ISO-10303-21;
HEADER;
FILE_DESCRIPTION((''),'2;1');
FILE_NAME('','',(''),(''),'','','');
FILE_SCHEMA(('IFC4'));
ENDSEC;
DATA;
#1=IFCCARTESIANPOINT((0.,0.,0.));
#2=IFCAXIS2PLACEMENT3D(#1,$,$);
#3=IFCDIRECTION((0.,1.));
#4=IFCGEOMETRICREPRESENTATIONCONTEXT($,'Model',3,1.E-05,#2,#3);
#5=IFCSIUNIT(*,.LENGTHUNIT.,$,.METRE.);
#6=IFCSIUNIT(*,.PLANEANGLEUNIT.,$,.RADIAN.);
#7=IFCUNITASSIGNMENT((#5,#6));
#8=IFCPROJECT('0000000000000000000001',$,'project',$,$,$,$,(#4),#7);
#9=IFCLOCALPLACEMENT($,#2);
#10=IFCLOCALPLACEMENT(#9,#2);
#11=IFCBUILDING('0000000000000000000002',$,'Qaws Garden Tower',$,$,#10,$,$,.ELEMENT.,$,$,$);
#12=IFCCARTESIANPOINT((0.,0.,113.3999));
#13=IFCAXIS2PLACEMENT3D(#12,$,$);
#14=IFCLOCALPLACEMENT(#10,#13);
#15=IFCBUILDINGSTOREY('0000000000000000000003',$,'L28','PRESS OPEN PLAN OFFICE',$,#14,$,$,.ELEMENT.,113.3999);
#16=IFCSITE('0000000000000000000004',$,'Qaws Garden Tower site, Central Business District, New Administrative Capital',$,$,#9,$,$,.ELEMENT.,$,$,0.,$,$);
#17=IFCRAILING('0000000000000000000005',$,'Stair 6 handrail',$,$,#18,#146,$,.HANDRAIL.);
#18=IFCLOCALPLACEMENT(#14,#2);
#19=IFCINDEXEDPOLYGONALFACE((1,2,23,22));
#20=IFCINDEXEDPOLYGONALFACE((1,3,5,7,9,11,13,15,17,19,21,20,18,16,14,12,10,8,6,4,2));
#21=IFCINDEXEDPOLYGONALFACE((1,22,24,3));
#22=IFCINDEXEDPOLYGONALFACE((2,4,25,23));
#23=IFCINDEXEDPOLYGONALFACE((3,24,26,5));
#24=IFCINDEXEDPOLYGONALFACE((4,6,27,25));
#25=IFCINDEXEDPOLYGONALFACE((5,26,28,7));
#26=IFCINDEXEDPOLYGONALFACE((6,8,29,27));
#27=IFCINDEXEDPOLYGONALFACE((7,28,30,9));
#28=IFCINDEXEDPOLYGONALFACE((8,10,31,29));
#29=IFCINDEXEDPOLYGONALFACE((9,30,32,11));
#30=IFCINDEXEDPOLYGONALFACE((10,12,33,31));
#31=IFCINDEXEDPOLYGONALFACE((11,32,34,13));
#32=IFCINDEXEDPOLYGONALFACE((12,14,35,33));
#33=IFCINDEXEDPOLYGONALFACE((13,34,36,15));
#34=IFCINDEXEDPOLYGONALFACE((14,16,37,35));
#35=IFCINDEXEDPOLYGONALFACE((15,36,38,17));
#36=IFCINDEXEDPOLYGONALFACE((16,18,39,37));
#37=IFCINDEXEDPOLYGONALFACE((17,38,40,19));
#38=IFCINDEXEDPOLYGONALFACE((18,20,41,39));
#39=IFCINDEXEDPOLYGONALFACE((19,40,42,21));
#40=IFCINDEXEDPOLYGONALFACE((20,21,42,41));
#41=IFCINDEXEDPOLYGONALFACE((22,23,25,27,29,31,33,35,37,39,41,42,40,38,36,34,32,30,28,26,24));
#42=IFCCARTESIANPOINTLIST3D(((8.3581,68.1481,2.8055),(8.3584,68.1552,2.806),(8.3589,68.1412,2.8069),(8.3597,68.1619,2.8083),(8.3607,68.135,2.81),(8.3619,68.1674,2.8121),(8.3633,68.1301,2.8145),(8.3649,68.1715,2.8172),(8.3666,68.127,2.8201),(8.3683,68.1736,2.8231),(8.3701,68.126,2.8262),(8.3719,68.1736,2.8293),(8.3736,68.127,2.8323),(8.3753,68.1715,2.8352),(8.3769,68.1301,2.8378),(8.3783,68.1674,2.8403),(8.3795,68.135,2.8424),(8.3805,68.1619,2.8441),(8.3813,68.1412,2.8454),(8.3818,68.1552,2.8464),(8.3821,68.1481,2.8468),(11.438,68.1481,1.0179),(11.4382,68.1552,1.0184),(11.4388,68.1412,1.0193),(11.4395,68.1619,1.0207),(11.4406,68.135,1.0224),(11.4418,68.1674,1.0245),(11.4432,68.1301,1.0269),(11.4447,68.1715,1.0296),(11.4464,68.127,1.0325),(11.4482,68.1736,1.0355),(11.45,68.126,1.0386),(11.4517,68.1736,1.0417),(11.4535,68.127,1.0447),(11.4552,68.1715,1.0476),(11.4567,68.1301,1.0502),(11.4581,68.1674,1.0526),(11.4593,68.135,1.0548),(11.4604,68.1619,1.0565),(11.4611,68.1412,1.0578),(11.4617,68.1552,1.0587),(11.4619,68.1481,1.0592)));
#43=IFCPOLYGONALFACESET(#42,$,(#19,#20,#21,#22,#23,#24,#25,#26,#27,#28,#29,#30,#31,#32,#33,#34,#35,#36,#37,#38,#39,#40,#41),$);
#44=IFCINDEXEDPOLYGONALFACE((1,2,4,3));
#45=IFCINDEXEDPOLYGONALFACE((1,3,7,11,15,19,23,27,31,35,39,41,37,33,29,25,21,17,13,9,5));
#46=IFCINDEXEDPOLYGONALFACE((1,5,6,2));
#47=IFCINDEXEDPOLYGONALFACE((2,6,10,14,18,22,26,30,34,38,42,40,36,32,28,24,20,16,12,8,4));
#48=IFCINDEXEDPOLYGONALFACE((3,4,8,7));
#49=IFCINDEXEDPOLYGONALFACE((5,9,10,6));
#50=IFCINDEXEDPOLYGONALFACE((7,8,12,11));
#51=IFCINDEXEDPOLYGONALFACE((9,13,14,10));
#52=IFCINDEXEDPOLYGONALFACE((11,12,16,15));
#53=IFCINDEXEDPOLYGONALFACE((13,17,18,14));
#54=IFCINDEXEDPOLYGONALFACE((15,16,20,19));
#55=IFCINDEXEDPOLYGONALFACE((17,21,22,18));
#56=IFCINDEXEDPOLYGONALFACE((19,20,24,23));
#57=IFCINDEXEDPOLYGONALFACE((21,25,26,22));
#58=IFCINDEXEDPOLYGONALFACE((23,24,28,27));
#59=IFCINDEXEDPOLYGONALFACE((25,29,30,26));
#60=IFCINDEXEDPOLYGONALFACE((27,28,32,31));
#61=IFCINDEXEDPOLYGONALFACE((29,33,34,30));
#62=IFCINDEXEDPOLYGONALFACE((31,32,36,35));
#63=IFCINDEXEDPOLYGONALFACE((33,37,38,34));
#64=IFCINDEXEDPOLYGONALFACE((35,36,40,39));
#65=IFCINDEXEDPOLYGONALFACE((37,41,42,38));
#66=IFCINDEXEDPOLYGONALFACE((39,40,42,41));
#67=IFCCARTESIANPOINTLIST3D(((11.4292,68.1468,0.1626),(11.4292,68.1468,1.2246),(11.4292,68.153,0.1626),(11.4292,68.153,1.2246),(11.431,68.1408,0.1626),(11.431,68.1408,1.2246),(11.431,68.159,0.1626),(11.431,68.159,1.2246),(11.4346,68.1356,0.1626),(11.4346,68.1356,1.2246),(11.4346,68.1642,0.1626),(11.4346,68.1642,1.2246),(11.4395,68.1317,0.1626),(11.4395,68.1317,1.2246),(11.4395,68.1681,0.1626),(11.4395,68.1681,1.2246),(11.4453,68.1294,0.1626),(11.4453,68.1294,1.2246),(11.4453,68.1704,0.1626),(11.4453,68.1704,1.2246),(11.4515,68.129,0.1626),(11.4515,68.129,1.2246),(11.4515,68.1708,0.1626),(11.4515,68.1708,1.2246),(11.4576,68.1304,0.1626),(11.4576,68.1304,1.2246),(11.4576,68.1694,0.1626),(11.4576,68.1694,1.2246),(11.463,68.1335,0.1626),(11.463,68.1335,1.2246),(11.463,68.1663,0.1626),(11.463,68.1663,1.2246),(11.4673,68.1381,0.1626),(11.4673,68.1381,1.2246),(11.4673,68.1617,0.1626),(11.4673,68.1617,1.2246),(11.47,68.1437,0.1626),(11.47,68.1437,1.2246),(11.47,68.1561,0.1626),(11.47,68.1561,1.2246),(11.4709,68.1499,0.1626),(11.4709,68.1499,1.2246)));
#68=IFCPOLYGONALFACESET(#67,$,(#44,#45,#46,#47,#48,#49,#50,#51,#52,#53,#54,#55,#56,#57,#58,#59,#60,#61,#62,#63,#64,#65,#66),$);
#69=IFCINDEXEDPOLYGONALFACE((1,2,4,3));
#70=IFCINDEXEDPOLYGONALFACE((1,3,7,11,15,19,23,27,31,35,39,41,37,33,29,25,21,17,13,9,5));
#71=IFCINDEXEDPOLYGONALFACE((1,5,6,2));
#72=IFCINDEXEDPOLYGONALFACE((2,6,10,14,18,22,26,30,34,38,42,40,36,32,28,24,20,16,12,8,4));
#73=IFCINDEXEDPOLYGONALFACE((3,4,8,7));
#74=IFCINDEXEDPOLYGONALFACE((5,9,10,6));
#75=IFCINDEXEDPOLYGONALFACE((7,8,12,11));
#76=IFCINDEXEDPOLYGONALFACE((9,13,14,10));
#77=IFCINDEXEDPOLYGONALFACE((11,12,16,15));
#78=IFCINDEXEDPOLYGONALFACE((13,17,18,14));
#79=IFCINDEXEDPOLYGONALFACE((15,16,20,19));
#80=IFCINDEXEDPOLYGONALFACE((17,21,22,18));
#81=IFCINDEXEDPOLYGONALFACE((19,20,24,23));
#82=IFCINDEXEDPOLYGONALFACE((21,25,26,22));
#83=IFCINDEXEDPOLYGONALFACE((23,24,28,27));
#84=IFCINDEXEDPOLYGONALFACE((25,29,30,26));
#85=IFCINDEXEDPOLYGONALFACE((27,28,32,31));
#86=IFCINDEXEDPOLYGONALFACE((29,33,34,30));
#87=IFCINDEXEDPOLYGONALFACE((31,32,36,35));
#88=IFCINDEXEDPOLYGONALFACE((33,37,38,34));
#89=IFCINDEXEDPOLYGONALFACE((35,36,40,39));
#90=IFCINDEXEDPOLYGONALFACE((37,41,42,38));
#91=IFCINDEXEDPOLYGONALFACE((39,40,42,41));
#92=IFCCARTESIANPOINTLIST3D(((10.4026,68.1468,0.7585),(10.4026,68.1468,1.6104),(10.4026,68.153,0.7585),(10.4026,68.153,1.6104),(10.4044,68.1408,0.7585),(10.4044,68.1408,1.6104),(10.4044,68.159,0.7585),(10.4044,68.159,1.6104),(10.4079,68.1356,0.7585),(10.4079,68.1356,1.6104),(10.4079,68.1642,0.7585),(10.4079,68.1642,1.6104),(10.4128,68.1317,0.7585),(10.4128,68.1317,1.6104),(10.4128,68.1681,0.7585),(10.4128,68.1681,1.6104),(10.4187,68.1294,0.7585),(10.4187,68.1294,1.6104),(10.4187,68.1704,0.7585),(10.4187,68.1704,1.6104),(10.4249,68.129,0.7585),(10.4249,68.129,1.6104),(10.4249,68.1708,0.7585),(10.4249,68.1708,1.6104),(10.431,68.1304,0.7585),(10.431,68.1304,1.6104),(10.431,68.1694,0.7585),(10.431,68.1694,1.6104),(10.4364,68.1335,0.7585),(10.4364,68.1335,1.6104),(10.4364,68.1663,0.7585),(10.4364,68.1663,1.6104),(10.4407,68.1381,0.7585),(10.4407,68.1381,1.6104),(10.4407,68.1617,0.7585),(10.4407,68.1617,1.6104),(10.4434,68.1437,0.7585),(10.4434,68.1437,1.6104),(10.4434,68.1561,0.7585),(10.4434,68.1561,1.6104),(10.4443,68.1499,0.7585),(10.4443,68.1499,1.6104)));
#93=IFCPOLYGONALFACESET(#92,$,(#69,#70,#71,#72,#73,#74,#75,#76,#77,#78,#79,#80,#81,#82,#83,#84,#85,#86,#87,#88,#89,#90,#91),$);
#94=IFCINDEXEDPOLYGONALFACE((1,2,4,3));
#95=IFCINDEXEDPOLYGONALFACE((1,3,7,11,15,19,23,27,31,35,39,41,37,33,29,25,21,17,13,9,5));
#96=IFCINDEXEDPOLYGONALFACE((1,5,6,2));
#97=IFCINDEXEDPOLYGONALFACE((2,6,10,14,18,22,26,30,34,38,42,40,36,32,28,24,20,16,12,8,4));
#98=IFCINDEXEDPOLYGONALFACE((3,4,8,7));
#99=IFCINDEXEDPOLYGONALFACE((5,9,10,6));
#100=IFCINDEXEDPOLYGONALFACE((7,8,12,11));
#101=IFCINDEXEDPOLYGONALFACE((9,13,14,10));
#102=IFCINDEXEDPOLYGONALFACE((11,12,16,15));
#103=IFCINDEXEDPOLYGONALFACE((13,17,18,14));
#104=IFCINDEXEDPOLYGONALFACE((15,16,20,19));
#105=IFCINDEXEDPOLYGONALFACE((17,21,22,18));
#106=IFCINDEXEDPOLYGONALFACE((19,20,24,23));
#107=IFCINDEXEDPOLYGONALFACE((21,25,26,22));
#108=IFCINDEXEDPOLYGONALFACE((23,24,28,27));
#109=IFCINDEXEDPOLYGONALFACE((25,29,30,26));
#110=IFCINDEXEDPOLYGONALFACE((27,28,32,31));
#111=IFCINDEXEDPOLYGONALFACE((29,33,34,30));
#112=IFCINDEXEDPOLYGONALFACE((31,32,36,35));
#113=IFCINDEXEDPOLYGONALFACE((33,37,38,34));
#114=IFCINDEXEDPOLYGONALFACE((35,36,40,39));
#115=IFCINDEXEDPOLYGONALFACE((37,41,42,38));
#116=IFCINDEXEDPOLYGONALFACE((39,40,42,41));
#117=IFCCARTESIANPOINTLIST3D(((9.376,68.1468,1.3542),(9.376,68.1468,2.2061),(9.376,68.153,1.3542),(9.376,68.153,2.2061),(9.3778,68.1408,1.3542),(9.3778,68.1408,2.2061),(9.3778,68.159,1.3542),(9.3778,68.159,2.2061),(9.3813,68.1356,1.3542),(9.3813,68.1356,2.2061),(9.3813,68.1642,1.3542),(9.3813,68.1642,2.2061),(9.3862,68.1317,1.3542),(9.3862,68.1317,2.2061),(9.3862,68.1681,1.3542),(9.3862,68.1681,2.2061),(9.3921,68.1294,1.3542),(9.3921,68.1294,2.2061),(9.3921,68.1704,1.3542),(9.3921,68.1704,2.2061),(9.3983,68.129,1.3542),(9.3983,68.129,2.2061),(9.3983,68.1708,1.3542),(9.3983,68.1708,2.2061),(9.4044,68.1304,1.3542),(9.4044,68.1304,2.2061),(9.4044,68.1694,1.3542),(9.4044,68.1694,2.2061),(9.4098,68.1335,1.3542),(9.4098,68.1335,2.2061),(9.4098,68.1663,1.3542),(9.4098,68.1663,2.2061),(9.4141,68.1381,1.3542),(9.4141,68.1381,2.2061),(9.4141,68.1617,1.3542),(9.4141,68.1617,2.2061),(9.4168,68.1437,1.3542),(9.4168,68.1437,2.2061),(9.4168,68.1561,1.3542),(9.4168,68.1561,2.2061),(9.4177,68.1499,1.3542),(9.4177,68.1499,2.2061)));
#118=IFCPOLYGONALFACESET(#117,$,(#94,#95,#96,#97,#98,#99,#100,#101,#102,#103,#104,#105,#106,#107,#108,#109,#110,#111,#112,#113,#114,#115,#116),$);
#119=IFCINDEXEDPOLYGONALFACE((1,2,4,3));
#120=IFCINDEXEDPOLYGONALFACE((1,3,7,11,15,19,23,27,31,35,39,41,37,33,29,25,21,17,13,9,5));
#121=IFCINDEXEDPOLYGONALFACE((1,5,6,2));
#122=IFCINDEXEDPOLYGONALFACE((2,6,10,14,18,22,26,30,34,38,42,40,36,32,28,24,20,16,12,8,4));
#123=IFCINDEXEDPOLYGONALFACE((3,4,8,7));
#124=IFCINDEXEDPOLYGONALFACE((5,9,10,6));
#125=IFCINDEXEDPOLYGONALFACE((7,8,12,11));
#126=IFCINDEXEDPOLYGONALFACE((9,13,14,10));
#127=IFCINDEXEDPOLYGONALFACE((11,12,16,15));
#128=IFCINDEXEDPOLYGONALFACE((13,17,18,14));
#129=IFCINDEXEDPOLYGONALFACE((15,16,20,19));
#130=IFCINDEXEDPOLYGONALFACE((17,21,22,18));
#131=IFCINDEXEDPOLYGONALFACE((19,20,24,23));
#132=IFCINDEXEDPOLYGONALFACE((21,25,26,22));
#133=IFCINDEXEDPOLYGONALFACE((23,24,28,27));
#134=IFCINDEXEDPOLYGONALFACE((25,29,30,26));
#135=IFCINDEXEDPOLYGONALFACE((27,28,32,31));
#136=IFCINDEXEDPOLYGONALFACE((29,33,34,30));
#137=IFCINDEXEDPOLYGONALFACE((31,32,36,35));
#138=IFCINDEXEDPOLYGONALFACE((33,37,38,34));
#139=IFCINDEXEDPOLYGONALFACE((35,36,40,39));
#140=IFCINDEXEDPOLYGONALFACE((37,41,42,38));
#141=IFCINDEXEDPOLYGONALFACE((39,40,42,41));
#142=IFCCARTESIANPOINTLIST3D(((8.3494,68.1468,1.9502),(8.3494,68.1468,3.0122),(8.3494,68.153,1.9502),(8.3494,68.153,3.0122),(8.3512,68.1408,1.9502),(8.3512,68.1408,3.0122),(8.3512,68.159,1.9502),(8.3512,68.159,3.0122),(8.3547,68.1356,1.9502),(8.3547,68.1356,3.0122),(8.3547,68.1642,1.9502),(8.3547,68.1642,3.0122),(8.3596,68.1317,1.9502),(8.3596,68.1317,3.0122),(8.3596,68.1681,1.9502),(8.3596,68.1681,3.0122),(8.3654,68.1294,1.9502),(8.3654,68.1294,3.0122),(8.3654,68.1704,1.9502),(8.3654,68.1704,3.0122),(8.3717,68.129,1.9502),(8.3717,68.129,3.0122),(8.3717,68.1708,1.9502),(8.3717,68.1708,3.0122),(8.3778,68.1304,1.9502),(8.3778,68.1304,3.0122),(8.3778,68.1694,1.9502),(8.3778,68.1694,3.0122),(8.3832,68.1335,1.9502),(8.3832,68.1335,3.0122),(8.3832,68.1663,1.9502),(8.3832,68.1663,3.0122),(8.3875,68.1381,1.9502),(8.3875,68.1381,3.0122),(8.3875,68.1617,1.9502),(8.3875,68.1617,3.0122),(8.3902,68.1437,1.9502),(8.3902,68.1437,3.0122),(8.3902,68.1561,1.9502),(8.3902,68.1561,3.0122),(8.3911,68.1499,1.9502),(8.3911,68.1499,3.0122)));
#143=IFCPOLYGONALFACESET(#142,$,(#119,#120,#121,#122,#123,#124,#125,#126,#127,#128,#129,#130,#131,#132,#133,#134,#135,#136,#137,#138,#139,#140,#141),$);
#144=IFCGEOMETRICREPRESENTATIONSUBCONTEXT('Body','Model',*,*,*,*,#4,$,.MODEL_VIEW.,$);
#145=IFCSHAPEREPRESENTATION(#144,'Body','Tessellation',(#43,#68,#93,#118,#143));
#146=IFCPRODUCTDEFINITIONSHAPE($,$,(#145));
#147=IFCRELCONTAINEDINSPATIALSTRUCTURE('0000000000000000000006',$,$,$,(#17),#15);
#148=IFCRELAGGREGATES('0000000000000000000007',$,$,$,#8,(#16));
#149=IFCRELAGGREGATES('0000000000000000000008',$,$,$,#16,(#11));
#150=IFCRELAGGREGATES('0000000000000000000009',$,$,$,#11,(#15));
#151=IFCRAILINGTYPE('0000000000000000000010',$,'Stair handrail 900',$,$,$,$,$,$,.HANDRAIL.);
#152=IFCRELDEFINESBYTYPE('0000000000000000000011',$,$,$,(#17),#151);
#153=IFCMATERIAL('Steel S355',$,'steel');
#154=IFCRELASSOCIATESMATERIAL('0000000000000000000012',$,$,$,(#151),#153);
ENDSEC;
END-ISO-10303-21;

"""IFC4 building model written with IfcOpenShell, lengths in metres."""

from ifc_helpers import new_model, si_unit, direction, frame, origin, origin_2d, place, context, subcontext, project, spatial, circle, extrude, material, type_object, element, save


model = new_model("IFC4")

# Units and contexts
model_context = context("Model", 3, precision=1e-05, world=origin(), true_north=direction((0.0, 1.0)))
body_context = subcontext(model_context, "Body", "Model", "MODEL_VIEW")
ifc_project = project(units=[si_unit("LENGTHUNIT", "METRE"), si_unit("PLANEANGLEUNIT", "RADIAN")], contexts=[model_context])

# Site, building, storey
site_placement = place(None, origin())
site = spatial("IfcSite", under=ifc_project, at=site_placement, Name="Qaws Garden Tower site, Central Business District, New Administrative Capital", CompositionType="ELEMENT", RefElevation=0.0)
building_placement = place(site_placement, origin())
building = spatial("IfcBuilding", under=site, at=building_placement, Name="Qaws Garden Tower", CompositionType="ELEMENT")
storey_placement = place(building_placement, frame((0.0, 0.0, 113.3999)))
storey = spatial("IfcBuildingStorey", under=building, at=storey_placement, Name="L28", Description="PRESS OPEN PLAN OFFICE", CompositionType="ELEMENT", Elevation=113.3999)

# Railing
ifc_material_1 = material(Name="Steel S355", Category="steel")
railing_type = type_object("IfcRailingType", Name="Stair handrail 900", PredefinedType="HANDRAIL", material=ifc_material_1)
railing_1_placement = place(storey_placement, frame((11.45, 68.1499, 0.1626)))
element("IfcRailing", 1, at=railing_1_placement, inside=storey, type_object=railing_type, Name="Stair 6 handrail", PredefinedType="HANDRAIL", context=body_context, shape_type="SweptSolid", body=[
    extrude(circle(Radius=0.0239, at=origin_2d()), frame((0.0, 0.0, 0.876), z_axis=(-0.864873, 0.0, 0.50199), x_axis=(0.0, -1.0, 0.0)), (0.0, 0.0, 1.0), 3.561),
    extrude(circle(Radius=0.021, at=origin_2d()), origin(), (0.0, 0.0, 1.0), 1.062),
    extrude(circle(Radius=0.021, at=origin_2d()), frame((-1.0266, 0.0, 0.5959)), (0.0, 0.0, 1.0), 0.8518),
    extrude(circle(Radius=0.021, at=origin_2d()), frame((-2.0532, 0.0, 1.1917)), (0.0, 0.0, 1.0), 0.8518),
    extrude(circle(Radius=0.021, at=origin_2d()), frame((-3.0798, 0.0, 1.7876)), (0.0, 0.0, 1.0), 1.062),
])

save(model, "model.ifc")
